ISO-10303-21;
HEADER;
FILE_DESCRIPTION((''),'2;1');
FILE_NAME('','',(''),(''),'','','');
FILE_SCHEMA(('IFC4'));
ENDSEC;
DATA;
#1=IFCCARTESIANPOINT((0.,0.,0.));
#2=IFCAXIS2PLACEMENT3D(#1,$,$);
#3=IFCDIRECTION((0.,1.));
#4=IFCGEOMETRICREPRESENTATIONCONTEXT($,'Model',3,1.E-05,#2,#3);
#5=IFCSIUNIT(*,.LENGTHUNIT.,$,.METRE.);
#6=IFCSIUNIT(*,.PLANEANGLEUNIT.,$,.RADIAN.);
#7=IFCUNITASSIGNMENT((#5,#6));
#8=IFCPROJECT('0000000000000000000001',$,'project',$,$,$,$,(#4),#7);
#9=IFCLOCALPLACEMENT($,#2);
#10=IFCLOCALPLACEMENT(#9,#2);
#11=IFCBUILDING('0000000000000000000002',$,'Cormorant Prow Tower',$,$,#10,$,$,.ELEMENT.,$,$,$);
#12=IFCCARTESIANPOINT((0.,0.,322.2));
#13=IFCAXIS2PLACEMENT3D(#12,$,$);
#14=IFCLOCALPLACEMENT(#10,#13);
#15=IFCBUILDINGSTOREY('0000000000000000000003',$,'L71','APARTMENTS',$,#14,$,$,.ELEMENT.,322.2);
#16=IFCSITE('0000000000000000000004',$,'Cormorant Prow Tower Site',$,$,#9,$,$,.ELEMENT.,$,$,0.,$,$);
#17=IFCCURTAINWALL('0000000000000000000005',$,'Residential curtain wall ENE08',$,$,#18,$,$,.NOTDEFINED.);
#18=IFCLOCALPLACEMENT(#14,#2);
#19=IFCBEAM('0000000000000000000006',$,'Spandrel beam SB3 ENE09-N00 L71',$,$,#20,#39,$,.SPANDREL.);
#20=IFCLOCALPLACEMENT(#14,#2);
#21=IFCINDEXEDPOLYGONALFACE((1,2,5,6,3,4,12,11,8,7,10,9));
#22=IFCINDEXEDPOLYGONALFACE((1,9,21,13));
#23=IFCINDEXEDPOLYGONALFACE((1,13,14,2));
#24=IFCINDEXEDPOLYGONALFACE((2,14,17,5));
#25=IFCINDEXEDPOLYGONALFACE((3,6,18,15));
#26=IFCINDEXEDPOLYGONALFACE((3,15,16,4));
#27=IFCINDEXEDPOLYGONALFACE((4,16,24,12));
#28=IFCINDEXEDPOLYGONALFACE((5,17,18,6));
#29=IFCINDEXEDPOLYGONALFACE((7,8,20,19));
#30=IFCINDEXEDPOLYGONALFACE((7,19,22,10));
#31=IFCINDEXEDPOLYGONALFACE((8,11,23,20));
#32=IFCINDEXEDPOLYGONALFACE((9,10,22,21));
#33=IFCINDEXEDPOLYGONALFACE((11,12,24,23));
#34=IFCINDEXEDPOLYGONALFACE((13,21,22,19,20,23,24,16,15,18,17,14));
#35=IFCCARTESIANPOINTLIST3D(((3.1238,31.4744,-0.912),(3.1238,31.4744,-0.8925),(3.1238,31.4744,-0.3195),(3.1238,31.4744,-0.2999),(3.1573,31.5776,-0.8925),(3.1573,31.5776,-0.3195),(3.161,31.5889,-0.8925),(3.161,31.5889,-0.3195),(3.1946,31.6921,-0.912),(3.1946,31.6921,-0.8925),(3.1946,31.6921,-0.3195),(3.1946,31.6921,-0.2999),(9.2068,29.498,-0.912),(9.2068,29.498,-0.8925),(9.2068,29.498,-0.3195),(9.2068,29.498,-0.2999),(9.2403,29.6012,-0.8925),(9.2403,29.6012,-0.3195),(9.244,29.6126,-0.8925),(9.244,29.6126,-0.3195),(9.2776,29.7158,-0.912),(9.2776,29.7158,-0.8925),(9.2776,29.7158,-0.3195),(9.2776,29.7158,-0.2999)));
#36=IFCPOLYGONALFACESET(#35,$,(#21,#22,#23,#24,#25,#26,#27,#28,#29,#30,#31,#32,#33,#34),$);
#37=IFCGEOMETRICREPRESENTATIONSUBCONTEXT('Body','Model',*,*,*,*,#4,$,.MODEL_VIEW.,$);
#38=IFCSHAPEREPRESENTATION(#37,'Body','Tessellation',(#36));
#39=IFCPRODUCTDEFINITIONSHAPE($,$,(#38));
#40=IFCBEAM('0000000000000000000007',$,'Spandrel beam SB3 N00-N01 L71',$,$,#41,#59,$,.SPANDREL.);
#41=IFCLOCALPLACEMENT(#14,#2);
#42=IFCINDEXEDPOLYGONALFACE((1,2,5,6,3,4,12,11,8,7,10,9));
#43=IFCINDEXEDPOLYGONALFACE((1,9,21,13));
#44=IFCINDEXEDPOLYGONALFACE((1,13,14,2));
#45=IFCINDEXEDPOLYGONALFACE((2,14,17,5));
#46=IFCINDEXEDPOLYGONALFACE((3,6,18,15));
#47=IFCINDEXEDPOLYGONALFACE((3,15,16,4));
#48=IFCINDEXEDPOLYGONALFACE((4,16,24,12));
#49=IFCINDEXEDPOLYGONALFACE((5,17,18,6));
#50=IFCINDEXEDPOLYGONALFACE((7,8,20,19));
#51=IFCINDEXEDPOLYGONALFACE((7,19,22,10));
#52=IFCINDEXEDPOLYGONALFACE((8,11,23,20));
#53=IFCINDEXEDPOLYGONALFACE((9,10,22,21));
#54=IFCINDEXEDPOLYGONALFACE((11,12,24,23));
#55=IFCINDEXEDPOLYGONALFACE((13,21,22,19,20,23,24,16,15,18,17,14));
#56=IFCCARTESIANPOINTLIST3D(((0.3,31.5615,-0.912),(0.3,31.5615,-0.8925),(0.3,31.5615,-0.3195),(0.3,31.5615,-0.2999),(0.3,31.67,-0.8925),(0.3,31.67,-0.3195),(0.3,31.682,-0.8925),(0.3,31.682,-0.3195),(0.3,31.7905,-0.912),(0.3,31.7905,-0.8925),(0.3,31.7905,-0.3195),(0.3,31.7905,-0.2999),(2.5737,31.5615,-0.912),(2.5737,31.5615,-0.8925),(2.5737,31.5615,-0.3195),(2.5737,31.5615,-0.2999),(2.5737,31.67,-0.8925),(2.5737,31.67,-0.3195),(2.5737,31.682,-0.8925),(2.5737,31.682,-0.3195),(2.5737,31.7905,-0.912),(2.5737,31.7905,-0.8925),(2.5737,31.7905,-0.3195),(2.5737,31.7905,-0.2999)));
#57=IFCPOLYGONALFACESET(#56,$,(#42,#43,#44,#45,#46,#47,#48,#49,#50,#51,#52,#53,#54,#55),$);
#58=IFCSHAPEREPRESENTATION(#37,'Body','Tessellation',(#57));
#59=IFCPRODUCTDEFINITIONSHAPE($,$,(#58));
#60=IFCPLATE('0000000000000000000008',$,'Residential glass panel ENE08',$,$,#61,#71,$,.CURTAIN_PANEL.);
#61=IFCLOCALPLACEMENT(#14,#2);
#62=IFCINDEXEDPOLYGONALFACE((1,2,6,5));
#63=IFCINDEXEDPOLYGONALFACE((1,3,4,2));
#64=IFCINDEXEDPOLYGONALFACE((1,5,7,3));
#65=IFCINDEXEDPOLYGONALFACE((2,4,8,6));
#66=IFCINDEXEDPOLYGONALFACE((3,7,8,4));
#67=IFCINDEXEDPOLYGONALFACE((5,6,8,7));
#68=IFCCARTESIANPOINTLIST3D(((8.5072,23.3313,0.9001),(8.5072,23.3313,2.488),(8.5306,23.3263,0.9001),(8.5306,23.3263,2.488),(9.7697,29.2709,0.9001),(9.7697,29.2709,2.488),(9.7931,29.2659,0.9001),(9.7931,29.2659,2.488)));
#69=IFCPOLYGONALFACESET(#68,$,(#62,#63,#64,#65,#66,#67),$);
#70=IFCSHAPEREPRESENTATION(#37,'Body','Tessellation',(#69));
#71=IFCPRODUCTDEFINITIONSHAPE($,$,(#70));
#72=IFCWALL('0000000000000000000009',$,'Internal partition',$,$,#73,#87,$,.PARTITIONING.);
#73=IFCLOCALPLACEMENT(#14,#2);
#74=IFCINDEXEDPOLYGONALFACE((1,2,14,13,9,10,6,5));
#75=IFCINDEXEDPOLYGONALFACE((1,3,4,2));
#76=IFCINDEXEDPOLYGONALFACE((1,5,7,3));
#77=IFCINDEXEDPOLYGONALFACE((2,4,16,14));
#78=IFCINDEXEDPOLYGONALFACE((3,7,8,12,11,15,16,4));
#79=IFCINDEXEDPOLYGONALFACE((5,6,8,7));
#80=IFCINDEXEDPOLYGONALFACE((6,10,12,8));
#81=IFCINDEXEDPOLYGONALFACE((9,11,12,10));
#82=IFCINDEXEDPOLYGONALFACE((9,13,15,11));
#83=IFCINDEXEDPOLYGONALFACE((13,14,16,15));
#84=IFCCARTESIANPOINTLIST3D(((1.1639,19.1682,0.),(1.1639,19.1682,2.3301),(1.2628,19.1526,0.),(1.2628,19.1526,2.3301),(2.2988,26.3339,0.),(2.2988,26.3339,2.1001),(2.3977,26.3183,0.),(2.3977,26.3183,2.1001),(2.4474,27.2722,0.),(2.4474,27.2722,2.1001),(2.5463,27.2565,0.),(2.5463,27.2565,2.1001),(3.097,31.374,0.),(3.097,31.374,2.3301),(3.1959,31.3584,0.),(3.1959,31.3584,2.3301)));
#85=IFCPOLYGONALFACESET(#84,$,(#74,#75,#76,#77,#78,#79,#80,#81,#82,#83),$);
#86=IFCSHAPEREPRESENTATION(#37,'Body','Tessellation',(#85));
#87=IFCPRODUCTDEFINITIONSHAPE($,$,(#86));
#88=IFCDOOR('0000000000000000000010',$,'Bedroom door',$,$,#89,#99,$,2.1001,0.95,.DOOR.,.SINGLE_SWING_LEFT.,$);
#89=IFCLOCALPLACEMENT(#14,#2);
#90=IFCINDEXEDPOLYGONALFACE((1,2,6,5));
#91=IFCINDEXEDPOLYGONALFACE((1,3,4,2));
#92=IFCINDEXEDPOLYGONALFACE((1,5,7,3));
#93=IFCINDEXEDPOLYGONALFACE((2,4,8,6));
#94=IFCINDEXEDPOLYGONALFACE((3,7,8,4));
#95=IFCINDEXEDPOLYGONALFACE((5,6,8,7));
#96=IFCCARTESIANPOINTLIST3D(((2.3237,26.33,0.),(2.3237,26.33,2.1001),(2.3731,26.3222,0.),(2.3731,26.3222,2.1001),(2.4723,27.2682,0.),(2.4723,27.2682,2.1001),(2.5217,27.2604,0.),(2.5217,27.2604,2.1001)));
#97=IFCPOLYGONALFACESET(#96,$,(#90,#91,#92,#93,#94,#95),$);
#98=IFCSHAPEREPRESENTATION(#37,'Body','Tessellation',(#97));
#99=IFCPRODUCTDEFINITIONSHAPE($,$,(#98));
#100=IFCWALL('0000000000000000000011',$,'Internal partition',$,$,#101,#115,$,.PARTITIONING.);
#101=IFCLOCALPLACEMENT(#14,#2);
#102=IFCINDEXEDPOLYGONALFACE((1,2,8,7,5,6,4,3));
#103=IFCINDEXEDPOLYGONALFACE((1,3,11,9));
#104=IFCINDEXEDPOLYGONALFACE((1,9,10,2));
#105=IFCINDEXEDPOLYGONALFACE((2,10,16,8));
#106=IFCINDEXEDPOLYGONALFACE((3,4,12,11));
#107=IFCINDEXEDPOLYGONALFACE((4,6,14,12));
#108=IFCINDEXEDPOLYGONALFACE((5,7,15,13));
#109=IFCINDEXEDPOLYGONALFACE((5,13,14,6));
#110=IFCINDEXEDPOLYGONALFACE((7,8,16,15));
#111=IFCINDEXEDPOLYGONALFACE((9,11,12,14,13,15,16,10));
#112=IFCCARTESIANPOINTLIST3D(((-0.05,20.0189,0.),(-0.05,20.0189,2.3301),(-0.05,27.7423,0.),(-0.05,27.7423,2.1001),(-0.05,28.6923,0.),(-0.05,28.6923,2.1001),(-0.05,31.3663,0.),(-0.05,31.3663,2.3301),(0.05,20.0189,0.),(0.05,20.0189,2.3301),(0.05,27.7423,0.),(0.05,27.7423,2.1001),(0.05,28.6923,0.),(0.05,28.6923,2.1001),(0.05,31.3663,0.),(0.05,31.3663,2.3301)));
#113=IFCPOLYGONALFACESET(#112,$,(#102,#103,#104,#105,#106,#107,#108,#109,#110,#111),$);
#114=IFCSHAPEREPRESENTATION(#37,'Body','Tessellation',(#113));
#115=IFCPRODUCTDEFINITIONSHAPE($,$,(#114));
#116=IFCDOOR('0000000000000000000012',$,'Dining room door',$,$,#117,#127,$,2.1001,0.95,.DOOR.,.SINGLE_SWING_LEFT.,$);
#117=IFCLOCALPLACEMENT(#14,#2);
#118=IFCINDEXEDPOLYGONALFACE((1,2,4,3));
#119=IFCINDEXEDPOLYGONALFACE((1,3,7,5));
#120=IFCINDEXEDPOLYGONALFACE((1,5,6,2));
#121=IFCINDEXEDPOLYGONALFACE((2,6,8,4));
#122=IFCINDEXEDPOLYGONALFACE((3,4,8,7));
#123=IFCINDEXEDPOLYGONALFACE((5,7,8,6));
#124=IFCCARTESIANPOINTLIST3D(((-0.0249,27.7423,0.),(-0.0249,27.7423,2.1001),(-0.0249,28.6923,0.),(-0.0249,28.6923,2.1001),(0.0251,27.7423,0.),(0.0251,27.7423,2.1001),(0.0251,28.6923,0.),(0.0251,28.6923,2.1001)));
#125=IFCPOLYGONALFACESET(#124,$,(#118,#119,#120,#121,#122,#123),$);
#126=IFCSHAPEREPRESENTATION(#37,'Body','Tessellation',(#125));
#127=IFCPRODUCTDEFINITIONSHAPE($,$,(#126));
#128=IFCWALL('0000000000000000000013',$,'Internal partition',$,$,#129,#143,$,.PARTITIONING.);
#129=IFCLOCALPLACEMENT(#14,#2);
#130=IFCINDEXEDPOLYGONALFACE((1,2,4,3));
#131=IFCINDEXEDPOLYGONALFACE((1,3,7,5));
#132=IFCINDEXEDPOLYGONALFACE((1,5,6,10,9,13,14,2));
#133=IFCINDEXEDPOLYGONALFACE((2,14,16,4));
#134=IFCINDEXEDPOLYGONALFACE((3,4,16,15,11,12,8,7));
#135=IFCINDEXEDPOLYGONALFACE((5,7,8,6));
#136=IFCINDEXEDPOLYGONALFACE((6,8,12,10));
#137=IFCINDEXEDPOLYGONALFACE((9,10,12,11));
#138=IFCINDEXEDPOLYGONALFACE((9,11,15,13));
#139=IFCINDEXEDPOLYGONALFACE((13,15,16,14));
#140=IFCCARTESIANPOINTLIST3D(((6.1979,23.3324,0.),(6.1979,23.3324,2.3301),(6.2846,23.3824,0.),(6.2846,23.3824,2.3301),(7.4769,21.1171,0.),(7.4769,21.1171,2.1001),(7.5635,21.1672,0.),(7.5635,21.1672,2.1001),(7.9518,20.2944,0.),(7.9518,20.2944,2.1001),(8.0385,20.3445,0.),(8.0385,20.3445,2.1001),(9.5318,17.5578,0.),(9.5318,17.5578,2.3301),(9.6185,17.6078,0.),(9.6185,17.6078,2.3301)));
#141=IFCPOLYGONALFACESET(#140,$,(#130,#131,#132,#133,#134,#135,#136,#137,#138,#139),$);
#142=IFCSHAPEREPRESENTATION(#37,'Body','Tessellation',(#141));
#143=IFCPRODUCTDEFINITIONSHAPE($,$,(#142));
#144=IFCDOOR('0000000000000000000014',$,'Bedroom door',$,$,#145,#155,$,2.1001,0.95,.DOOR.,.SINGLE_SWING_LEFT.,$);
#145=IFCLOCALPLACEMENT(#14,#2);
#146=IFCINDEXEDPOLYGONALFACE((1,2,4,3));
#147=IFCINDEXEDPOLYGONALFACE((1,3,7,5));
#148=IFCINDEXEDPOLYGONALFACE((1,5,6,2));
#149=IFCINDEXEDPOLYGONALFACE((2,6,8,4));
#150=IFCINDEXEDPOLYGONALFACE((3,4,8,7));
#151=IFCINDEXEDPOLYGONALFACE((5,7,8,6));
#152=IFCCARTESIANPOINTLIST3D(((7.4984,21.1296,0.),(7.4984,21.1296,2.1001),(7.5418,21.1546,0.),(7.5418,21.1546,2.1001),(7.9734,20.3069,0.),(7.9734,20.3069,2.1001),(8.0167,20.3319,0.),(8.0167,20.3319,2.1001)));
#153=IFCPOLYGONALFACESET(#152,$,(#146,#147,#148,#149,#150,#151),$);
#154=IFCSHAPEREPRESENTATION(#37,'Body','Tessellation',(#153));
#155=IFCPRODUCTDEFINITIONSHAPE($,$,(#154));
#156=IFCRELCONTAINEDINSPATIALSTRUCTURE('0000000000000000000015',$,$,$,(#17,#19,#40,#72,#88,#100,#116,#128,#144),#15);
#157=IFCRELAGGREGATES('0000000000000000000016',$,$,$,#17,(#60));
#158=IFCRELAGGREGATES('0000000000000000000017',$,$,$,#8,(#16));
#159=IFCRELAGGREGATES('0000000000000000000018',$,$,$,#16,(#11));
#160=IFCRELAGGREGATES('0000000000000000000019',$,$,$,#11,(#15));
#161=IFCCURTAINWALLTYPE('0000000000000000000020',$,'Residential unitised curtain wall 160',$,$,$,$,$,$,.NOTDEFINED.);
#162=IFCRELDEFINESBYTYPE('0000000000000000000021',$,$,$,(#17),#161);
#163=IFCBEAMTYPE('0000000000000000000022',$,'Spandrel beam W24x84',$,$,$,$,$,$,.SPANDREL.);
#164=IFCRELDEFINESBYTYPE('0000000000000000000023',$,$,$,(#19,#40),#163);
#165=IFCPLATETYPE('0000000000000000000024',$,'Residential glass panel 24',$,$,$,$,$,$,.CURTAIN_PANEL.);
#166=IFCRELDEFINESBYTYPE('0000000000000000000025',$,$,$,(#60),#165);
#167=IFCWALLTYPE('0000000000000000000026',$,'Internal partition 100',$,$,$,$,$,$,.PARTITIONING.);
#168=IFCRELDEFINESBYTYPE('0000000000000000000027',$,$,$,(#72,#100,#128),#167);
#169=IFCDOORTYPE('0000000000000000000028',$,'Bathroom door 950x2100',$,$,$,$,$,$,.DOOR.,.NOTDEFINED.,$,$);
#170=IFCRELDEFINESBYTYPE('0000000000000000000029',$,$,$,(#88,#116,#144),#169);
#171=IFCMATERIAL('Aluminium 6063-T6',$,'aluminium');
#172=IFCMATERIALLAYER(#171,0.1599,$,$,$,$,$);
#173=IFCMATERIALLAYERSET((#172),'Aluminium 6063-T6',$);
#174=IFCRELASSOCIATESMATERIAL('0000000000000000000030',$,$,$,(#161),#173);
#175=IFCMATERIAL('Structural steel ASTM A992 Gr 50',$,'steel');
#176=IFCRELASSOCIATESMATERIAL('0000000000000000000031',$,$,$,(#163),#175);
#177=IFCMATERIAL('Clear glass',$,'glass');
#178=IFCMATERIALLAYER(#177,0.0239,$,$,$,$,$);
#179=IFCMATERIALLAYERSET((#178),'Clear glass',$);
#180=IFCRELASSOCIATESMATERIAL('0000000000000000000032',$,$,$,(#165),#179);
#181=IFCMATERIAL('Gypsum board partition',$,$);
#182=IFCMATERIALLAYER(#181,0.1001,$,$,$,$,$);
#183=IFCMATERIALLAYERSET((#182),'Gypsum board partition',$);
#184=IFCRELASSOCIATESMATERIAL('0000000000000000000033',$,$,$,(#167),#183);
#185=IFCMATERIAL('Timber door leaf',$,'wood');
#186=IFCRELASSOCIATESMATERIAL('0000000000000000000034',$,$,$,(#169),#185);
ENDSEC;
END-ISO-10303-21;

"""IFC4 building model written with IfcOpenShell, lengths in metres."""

from ifc_helpers import new_model, si_unit, direction, frame, frame_2d, origin, origin_2d, place, context, subcontext, project, spatial, rectangle, i_section, extrude, material, layer, layer_set, material_profile, profile_set, type_object, element, fill, aggregate, save


model = new_model("IFC4")

# Units and contexts
model_context = context("Model", 3, precision=1e-05, world=origin(), true_north=direction((0.0, 1.0)))
body_context = subcontext(model_context, "Body", "Model", "MODEL_VIEW")
ifc_project = project(units=[si_unit("LENGTHUNIT", "METRE"), si_unit("PLANEANGLEUNIT", "RADIAN")], contexts=[model_context])

# Site, building, storey
site_placement = place(None, origin())
site = spatial("IfcSite", under=ifc_project, at=site_placement, Name="Cormorant Prow Tower Site", CompositionType="ELEMENT", RefElevation=0.0)
building_placement = place(site_placement, origin())
building = spatial("IfcBuilding", under=site, at=building_placement, Name="Cormorant Prow Tower", CompositionType="ELEMENT")
storey_placement = place(building_placement, frame((0.0, 0.0, 322.2)))
storey = spatial("IfcBuildingStorey", under=building, at=storey_placement, Name="L71", Description="APARTMENTS", CompositionType="ELEMENT", Elevation=322.2)

# Curtain wall
ifc_material_1 = material(Name="Aluminium 6063-T6", Category="aluminium")
ifc_layer_1 = layer(ifc_material_1, 0.1599)
ifc_layer_set_1 = layer_set([ifc_layer_1], Name="Aluminium 6063-T6")
curtain_wall_type = type_object("IfcCurtainWallType", Name="Residential unitised curtain wall 160", PredefinedType="NOTDEFINED", material=ifc_layer_set_1)
curtain_wall_placement = place(storey_placement, origin())
curtain_wall = element("IfcCurtainWall", 1, at=curtain_wall_placement, inside=storey, type_object=curtain_wall_type, Name="Residential curtain wall ENE08", PredefinedType="NOTDEFINED")

# Beams
ifc_material_2 = material(Name="Structural steel ASTM A992 Gr 50", Category="steel")
ifc_material_profile_1 = material_profile(ifc_material_2, i_section(OverallWidth=0.229, OverallDepth=0.6121, WebThickness=0.012, FlangeThickness=0.0195, at=origin_2d()), Name="W24x84")
ifc_profile_set_1 = profile_set([ifc_material_profile_1], Name="Structural steel ASTM A992 Gr 50")
beam_type_1 = type_object("IfcBeamType", Name="Spandrel beam W24x84", PredefinedType="SPANDREL", material=ifc_profile_set_1)
beam_1_placement = place(storey_placement, frame((9.2422, 29.6069, -0.606), z_axis=(-0.951064, 0.308993, 0.0), x_axis=(-0.308993, -0.951064, 0.0)))
element("IfcBeam", 2, at=beam_1_placement, inside=storey, type_object=beam_type_1, Name="Spandrel beam SB3 ENE09-N00 L71", PredefinedType="SPANDREL", context=body_context, shape_type="SweptSolid", body=[
    extrude(i_section(OverallWidth=0.229, OverallDepth=0.6121, WebThickness=0.012, FlangeThickness=0.0195, at=origin_2d()), origin(), (0.0, 0.0, 1.0), 6.396),
])
beam_2_placement = place(storey_placement, frame((2.5737, 31.676, -0.606), z_axis=(-1.0, 0.0, 0.0), x_axis=(0.0, -1.0, 0.0)))
element("IfcBeam", 3, at=beam_2_placement, inside=storey, type_object=beam_type_1, Name="Spandrel beam SB3 N00-N01 L71", PredefinedType="SPANDREL", context=body_context, shape_type="SweptSolid", body=[
    extrude(i_section(OverallWidth=0.229, OverallDepth=0.6121, WebThickness=0.012, FlangeThickness=0.0195, at=origin_2d()), origin(), (0.0, 0.0, 1.0), 2.2737),
])

# Plate
ifc_material_3 = material(Name="Clear glass", Category="glass")
ifc_layer_2 = layer(ifc_material_3, 0.0239)
ifc_layer_set_2 = layer_set([ifc_layer_2], Name="Clear glass")
plate_type = type_object("IfcPlateType", Name="Residential glass panel 24", PredefinedType="CURTAIN_PANEL", material=ifc_layer_set_2)
plate_placement = place(storey_placement, frame((9.1501, 26.2986, 0.9001), z_axis=(0.0, 0.0, 1.0), x_axis=(0.207912, 0.978148, 0.0)))
plate = element("IfcPlate", 4, at=plate_placement, type_object=plate_type, Name="Residential glass panel ENE08", PredefinedType="CURTAIN_PANEL", context=body_context, shape_type="SweptSolid", body=[
    extrude(rectangle(XDim=6.0723, YDim=0.0239, at=origin_2d()), origin(), (0.0, 0.0, 1.0), 1.5879),
])
aggregate(curtain_wall, [plate])

# Walls, openings, doors
ifc_material_4 = material(Name="Gypsum board partition")
ifc_layer_3 = layer(ifc_material_4, 0.1001)
ifc_layer_set_3 = layer_set([ifc_layer_3], Name="Gypsum board partition")
wall_type_1 = type_object("IfcWallType", Name="Internal partition 100", PredefinedType="PARTITIONING", material=ifc_layer_set_3)
wall_1_placement = place(storey_placement, frame((1.2134, 19.1604, 0.0), z_axis=(0.0, 0.0, 1.0), x_axis=(0.156426, 0.98769, 0.0)))
wall_1 = element("IfcWall", 5, at=wall_1_placement, inside=storey, type_object=wall_type_1, Name="Internal partition", PredefinedType="PARTITIONING", context=body_context, shape_type="SweptSolid", body=[
    extrude(rectangle(XDim=12.3579, YDim=0.1001, at=frame_2d((6.179, 0.0))), origin(), (0.0, 0.0, 1.0), 2.3301),
])
opening_1_placement = place(wall_1_placement, frame((7.2549, 0.0, 0.0)))
opening_1 = element("IfcOpeningElement", 6, at=opening_1_placement, cuts=wall_1, PredefinedType="OPENING", context=body_context, shape_type="SweptSolid", body=[
    extrude(rectangle(XDim=0.95, YDim=2.1001, at=frame_2d((0.4751, 1.05))), frame((0.0, 0.0601, 0.0), z_axis=(0.0, -1.0, 0.0), x_axis=(1.0, 0.0, 0.0)), (0.0, 0.0, 1.0), 0.1201),
])
ifc_material_5 = material(Name="Timber door leaf", Category="wood")
door_type_1 = type_object("IfcDoorType", Name="Bathroom door 950x2100", OperationType="NOTDEFINED", PredefinedType="DOOR", material=ifc_material_5)
door_1_placement = place(opening_1_placement, origin())
door_1 = element("IfcDoor", 7, at=door_1_placement, inside=storey, type_object=door_type_1, Name="Bedroom door", OperationType="SINGLE_SWING_LEFT", OverallHeight=2.1001, OverallWidth=0.95, PredefinedType="DOOR", context=body_context, shape_type="SweptSolid", body=[
    extrude(rectangle(XDim=0.95, YDim=2.1001, at=frame_2d((0.4751, 1.05))), frame((0.0, 0.0249, 0.0), z_axis=(0.0, -1.0, 0.0), x_axis=(1.0, 0.0, 0.0)), (0.0, 0.0, 1.0), 0.05),
])
fill(opening_1, door_1)
wall_2_placement = place(storey_placement, frame((0.0, 20.0188, 0.0), z_axis=(0.0, 0.0, 1.0), x_axis=(0.0, 1.0, 0.0)))
wall_2 = element("IfcWall", 8, at=wall_2_placement, inside=storey, type_object=wall_type_1, Name="Internal partition", PredefinedType="PARTITIONING", context=body_context, shape_type="SweptSolid", body=[
    extrude(rectangle(XDim=11.3474, YDim=0.1001, at=frame_2d((5.6738, 0.0))), origin(), (0.0, 0.0, 1.0), 2.3301),
])
opening_2_placement = place(wall_2_placement, frame((7.7234, 0.0, 0.0)))
opening_2 = element("IfcOpeningElement", 9, at=opening_2_placement, cuts=wall_2, PredefinedType="OPENING", context=body_context, shape_type="SweptSolid", body=[
    extrude(rectangle(XDim=0.95, YDim=2.1001, at=frame_2d((0.4751, 1.05))), frame((0.0, 0.0601, 0.0), z_axis=(0.0, -1.0, 0.0), x_axis=(1.0, 0.0, 0.0)), (0.0, 0.0, 1.0), 0.1201),
])
door_2_placement = place(opening_2_placement, origin())
door_2 = element("IfcDoor", 10, at=door_2_placement, inside=storey, type_object=door_type_1, Name="Dining room door", OperationType="SINGLE_SWING_LEFT", OverallHeight=2.1001, OverallWidth=0.95, PredefinedType="DOOR", context=body_context, shape_type="SweptSolid", body=[
    extrude(rectangle(XDim=0.95, YDim=2.1001, at=frame_2d((0.4751, 1.05))), frame((0.0, 0.0249, 0.0), z_axis=(0.0, -1.0, 0.0), x_axis=(1.0, 0.0, 0.0)), (0.0, 0.0, 1.0), 0.05),
])
fill(opening_2, door_2)
wall_3_placement = place(storey_placement, frame((6.2412, 23.3574, 0.0), z_axis=(0.0, 0.0, 1.0), x_axis=(0.499998, -0.866026, 0.0)))
wall_3 = element("IfcWall", 11, at=wall_3_placement, inside=storey, type_object=wall_type_1, Name="Internal partition", PredefinedType="PARTITIONING", context=body_context, shape_type="SweptSolid", body=[
    extrude(rectangle(XDim=6.668, YDim=0.1001, at=frame_2d((3.334, 0.0))), origin(), (0.0, 0.0, 1.0), 2.3301),
])
opening_3_placement = place(wall_3_placement, frame((2.5579, 0.0, 0.0)))
opening_3 = element("IfcOpeningElement", 12, at=opening_3_placement, cuts=wall_3, PredefinedType="OPENING", context=body_context, shape_type="SweptSolid", body=[
    extrude(rectangle(XDim=0.95, YDim=2.1001, at=frame_2d((0.4751, 1.05))), frame((0.0, 0.0601, 0.0), z_axis=(0.0, -1.0, 0.0), x_axis=(1.0, 0.0, 0.0)), (0.0, 0.0, 1.0), 0.1201),
])
door_3_placement = place(opening_3_placement, origin())
door_3 = element("IfcDoor", 13, at=door_3_placement, inside=storey, type_object=door_type_1, Name="Bedroom door", OperationType="SINGLE_SWING_LEFT", OverallHeight=2.1001, OverallWidth=0.95, PredefinedType="DOOR", context=body_context, shape_type="SweptSolid", body=[
    extrude(rectangle(XDim=0.95, YDim=2.1001, at=frame_2d((0.4751, 1.05))), frame((0.0, 0.0249, 0.0), z_axis=(0.0, -1.0, 0.0), x_axis=(1.0, 0.0, 0.0)), (0.0, 0.0, 1.0), 0.05),
])
fill(opening_3, door_3)

save(model, "model.ifc")
